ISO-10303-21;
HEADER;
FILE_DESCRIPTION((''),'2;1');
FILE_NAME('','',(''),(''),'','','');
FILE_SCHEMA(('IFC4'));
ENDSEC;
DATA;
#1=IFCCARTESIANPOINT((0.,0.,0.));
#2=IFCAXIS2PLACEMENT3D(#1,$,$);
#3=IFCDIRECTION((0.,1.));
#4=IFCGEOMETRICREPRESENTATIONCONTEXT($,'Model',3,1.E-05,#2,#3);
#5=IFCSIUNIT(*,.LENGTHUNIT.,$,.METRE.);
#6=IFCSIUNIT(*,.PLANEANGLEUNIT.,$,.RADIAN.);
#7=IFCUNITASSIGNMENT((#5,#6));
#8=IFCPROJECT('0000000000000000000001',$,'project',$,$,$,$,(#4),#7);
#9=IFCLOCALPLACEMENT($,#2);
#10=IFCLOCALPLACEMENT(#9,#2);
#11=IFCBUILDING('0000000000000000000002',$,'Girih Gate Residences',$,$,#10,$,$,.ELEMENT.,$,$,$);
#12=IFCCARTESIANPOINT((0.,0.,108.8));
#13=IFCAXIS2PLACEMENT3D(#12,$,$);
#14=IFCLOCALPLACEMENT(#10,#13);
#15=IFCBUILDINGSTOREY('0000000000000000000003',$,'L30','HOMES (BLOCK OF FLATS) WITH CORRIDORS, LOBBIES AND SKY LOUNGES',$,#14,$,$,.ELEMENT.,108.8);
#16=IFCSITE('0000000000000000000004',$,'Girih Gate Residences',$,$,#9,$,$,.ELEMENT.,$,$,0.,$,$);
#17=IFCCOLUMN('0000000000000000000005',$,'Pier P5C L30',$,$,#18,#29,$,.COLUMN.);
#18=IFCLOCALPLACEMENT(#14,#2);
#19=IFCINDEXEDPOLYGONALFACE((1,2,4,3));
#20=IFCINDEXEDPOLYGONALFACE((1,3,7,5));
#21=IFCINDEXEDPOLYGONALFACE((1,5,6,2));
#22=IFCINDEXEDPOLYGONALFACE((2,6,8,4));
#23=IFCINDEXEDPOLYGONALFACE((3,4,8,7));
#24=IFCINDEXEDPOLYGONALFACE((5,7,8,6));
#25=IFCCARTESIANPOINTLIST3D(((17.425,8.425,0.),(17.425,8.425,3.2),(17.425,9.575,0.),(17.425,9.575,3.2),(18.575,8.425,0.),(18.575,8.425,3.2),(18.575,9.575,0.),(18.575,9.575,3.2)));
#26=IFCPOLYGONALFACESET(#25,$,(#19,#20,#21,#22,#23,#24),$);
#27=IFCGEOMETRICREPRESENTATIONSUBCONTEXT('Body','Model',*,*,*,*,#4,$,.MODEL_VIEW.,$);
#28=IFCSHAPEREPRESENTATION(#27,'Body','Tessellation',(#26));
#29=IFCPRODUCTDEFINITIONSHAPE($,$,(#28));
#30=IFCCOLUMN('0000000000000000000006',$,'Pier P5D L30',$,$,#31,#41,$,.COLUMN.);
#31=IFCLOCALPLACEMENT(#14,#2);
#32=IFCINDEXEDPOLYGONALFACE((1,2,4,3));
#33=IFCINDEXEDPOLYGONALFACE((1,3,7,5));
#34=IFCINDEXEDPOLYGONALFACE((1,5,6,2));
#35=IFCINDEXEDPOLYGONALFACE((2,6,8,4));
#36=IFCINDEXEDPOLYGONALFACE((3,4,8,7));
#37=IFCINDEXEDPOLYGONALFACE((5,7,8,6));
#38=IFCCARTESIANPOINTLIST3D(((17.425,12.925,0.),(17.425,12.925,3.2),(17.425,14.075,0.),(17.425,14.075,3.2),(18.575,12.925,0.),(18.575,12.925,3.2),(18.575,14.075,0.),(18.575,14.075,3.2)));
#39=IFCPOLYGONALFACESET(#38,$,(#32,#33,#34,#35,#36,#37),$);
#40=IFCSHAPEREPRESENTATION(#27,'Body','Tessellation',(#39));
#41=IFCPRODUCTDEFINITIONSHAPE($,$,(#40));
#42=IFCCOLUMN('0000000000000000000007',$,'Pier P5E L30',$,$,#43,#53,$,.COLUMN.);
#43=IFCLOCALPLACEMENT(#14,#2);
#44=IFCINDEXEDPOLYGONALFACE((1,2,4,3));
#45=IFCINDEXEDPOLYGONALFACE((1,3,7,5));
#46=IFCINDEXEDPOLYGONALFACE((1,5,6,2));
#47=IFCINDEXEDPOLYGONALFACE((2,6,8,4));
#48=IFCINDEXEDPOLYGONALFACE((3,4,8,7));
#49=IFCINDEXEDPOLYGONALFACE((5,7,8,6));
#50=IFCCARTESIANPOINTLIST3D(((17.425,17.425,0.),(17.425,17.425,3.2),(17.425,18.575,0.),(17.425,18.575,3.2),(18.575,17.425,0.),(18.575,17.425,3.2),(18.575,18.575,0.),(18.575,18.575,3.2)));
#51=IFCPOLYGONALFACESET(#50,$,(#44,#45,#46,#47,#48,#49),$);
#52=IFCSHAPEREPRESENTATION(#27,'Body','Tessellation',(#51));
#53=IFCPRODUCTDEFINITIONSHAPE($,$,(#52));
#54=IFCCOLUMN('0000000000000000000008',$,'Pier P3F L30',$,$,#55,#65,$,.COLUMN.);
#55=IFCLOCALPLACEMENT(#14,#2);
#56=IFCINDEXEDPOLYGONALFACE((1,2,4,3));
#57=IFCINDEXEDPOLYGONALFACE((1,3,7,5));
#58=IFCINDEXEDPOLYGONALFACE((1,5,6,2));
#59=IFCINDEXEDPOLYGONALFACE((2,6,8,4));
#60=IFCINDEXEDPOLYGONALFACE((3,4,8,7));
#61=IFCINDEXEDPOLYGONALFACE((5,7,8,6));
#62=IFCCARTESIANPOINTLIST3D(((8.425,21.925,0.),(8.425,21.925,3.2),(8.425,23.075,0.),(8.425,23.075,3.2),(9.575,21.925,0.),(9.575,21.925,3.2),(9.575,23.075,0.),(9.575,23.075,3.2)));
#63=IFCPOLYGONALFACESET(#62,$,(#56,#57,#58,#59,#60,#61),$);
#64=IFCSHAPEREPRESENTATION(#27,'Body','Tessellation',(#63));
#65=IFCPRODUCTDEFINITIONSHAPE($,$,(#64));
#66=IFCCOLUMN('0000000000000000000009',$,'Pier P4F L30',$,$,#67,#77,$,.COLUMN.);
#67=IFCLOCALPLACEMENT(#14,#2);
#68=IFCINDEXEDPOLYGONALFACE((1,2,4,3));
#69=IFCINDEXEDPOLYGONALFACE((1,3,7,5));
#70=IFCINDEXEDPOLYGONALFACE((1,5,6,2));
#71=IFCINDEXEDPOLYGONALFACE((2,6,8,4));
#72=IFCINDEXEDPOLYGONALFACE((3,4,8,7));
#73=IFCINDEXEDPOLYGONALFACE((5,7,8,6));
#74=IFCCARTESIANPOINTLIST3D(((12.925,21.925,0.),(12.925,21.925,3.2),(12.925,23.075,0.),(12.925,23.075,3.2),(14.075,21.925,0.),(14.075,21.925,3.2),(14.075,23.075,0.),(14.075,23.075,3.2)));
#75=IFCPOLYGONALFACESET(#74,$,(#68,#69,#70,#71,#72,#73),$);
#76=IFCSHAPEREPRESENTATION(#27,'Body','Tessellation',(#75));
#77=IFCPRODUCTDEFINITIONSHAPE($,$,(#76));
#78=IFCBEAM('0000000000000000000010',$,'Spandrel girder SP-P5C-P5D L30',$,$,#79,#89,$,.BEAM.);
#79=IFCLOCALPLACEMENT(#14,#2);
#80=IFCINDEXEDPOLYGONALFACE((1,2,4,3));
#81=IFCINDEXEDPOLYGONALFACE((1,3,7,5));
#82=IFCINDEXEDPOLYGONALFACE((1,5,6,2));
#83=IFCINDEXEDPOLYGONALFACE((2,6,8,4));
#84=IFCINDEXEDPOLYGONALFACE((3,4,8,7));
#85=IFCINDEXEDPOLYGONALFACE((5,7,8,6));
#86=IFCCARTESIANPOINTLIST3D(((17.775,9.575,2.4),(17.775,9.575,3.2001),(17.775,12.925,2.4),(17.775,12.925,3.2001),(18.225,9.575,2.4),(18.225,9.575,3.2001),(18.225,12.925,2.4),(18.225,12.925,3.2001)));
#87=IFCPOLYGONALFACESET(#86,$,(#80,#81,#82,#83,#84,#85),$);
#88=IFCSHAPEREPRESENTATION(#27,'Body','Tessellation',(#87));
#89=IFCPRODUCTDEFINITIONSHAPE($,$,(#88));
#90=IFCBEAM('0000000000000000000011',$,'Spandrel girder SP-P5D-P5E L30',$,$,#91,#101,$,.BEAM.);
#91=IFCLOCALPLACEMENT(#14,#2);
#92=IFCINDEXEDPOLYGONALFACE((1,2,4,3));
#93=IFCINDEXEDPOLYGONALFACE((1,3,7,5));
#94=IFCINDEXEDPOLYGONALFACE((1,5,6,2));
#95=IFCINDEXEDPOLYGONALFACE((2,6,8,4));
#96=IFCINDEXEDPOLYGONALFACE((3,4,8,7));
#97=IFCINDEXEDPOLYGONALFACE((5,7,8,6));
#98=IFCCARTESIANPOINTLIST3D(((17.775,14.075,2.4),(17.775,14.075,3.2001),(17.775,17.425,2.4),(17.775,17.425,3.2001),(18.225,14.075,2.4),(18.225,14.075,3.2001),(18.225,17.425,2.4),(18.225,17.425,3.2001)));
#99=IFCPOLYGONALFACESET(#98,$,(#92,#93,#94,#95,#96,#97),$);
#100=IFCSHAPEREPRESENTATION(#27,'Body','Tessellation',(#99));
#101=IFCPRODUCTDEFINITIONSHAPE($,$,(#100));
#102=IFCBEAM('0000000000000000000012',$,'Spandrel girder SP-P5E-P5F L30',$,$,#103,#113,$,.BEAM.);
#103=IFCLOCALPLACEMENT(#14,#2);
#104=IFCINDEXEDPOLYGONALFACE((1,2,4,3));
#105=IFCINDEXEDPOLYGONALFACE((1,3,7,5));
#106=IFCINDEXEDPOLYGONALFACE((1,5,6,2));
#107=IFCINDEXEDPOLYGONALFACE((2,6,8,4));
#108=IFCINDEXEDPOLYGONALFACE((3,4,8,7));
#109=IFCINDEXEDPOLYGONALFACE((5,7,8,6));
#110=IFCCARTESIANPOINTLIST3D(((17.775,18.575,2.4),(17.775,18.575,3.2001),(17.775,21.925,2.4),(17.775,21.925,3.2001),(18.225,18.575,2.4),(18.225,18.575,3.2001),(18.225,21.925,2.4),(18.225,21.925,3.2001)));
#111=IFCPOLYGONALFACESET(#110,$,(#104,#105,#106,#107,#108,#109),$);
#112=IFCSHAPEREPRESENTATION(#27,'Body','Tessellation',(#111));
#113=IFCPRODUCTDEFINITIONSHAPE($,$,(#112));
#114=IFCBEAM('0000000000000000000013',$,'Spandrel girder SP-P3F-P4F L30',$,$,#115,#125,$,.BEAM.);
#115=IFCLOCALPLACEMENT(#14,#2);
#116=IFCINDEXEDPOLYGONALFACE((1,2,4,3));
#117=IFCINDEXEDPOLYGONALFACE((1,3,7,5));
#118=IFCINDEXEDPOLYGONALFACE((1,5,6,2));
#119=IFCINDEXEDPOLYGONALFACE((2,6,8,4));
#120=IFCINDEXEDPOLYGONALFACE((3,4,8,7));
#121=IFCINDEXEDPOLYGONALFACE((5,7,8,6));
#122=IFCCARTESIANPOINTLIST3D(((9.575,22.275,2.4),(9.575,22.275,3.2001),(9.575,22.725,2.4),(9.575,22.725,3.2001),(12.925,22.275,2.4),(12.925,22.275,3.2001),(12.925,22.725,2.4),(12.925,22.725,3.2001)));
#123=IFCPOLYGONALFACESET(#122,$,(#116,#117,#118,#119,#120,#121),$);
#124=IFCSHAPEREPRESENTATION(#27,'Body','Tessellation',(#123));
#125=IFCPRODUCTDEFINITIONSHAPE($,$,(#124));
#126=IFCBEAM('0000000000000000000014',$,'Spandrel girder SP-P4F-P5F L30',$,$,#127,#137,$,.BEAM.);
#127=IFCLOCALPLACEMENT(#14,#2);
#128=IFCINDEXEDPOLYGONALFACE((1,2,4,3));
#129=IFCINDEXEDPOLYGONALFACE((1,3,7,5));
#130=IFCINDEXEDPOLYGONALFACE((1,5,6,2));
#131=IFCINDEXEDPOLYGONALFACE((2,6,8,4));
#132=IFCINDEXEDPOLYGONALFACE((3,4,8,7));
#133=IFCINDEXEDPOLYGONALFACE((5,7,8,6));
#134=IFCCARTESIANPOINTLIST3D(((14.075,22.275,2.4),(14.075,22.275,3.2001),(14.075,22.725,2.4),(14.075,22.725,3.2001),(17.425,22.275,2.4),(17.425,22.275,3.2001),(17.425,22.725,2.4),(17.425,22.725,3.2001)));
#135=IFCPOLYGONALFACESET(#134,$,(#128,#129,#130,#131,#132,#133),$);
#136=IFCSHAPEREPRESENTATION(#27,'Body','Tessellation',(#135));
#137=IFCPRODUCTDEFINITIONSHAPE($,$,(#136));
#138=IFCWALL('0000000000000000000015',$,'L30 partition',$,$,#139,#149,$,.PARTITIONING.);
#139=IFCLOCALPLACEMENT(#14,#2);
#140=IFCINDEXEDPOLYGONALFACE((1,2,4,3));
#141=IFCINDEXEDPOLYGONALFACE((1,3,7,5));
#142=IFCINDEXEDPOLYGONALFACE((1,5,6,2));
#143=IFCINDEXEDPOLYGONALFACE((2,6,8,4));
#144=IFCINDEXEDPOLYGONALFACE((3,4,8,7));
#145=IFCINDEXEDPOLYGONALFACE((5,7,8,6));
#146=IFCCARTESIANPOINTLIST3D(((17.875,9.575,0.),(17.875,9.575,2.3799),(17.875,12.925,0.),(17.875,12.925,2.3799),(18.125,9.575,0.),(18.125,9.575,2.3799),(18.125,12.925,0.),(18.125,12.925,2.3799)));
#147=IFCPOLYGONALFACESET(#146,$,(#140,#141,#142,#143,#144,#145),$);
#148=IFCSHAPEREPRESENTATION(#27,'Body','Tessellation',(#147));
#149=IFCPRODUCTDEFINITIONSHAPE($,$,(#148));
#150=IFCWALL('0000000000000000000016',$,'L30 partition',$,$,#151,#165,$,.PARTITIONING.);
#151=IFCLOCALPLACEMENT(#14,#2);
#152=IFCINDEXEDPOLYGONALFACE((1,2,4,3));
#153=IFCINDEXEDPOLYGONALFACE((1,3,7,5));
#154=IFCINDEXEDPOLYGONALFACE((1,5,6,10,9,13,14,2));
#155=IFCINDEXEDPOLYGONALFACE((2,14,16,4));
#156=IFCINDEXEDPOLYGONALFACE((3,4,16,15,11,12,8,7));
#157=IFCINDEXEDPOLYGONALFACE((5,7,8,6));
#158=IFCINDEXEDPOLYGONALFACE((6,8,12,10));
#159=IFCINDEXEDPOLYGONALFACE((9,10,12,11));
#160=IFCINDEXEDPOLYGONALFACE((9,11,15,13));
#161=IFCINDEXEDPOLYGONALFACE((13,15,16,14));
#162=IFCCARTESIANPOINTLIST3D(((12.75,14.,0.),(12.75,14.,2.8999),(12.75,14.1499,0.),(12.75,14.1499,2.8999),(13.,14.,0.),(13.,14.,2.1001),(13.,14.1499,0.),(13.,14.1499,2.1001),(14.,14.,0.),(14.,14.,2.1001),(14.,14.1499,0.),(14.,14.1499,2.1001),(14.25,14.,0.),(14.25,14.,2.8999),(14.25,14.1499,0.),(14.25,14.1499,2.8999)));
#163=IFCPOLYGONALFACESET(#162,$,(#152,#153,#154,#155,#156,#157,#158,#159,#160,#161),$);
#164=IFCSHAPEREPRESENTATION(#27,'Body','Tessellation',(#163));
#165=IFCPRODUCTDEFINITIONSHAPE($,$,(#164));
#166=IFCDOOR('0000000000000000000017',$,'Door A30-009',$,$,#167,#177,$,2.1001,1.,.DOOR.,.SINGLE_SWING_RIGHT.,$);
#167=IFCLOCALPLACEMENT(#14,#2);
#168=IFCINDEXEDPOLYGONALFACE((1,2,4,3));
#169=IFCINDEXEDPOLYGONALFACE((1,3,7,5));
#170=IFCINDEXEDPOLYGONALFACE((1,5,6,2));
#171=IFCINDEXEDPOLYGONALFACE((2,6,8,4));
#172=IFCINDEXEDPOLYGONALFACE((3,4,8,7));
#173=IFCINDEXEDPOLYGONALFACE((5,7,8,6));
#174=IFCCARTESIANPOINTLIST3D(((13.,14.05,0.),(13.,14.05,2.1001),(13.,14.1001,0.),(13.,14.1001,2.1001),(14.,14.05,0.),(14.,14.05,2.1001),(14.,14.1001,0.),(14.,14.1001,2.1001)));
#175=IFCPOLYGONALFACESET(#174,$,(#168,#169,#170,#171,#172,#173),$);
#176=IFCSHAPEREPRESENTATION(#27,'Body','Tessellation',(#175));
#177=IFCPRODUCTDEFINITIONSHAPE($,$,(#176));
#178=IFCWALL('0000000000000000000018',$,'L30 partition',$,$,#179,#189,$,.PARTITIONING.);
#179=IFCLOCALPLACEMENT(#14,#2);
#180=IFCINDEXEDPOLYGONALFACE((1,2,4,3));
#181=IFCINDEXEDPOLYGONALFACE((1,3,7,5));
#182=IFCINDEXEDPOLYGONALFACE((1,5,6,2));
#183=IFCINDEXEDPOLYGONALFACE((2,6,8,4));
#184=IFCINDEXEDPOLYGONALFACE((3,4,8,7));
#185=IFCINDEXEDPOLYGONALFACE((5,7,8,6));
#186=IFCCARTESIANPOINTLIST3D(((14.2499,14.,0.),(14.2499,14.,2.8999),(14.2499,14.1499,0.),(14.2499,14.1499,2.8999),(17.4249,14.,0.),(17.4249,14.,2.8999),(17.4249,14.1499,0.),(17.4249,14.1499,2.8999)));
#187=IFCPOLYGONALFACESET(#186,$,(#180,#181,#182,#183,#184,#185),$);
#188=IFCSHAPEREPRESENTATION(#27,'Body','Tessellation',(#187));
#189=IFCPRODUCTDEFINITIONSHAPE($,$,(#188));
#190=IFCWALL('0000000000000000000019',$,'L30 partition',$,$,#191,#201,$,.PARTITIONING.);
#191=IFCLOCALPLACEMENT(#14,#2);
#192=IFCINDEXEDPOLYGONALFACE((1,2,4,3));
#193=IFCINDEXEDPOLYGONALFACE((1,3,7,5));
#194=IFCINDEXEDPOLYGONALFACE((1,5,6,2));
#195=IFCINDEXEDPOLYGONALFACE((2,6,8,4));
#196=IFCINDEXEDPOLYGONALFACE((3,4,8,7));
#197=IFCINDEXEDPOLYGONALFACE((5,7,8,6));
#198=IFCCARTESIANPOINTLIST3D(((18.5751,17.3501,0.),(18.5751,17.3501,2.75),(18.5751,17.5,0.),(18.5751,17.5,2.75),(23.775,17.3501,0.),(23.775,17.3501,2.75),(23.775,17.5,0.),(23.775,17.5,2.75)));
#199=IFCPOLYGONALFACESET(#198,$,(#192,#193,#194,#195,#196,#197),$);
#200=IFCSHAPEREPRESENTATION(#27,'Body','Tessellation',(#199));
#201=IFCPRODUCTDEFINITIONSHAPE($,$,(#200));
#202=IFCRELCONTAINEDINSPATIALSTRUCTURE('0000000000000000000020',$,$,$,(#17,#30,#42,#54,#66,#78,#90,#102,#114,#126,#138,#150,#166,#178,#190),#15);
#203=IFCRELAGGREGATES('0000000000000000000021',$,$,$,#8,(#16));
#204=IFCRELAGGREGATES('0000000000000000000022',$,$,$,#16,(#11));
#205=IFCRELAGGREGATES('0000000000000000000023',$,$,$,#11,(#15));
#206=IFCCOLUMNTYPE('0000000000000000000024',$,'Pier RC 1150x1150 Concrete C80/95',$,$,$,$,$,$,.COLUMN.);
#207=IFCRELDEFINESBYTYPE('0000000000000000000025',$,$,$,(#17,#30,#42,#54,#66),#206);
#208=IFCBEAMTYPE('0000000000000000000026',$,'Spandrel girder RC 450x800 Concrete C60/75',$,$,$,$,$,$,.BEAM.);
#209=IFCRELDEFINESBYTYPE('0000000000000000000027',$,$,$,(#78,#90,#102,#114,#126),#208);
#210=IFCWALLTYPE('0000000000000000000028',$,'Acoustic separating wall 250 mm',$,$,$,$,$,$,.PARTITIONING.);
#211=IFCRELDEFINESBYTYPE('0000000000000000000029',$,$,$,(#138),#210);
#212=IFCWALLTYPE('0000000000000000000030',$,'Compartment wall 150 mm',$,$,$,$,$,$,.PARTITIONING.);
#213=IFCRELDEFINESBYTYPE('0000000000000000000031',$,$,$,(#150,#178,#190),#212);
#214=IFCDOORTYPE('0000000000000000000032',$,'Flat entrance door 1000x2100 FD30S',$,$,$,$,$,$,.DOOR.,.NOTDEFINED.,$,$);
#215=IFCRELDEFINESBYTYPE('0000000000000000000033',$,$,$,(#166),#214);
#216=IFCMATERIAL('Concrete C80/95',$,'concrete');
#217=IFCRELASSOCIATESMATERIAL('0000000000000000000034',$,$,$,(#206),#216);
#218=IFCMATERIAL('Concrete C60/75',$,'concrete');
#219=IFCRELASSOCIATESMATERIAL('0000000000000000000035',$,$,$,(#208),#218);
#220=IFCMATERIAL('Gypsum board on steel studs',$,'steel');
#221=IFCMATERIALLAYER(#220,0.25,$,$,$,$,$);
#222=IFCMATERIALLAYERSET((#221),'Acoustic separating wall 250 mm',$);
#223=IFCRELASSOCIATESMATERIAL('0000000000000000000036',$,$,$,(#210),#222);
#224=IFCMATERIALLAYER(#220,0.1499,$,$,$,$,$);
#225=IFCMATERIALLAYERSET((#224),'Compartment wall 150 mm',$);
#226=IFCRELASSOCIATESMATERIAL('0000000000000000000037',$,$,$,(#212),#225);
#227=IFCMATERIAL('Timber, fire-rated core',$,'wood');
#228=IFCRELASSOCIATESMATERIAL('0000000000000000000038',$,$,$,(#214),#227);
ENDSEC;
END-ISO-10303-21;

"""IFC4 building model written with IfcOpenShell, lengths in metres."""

from ifc_helpers import new_model, si_unit, direction, frame, frame_2d, origin, origin_2d, place, context, subcontext, project, spatial, rectangle, extrude, material, layer, layer_set, material_profile, profile_set, type_object, element, fill, save


model = new_model("IFC4")

# Units and contexts
model_context = context("Model", 3, precision=1e-05, world=origin(), true_north=direction((0.0, 1.0)))
body_context = subcontext(model_context, "Body", "Model", "MODEL_VIEW")
ifc_project = project(units=[si_unit("LENGTHUNIT", "METRE"), si_unit("PLANEANGLEUNIT", "RADIAN")], contexts=[model_context])

# Site, building, storey
site_placement = place(None, origin())
site = spatial("IfcSite", under=ifc_project, at=site_placement, Name="Girih Gate Residences", CompositionType="ELEMENT", RefElevation=0.0)
building_placement = place(site_placement, origin())
building = spatial("IfcBuilding", under=site, at=building_placement, Name="Girih Gate Residences", CompositionType="ELEMENT")
storey_placement = place(building_placement, frame((0.0, 0.0, 108.8)))
storey = spatial("IfcBuildingStorey", under=building, at=storey_placement, Name="L30", Description="HOMES (BLOCK OF FLATS) WITH CORRIDORS, LOBBIES AND SKY LOUNGES", CompositionType="ELEMENT", Elevation=108.8)

# Columns
ifc_material_1 = material(Name="Concrete C80/95", Category="concrete")
ifc_material_profile_1 = material_profile(ifc_material_1, rectangle(XDim=1.1499, YDim=1.1499, at=origin_2d()))
ifc_profile_set_1 = profile_set([ifc_material_profile_1], Name="Concrete C80/95")
column_type = type_object("IfcColumnType", Name="Pier RC 1150x1150 Concrete C80/95", PredefinedType="COLUMN", material=ifc_profile_set_1)
for number, where, z_axis, x_axis, name in (
    (1, (18.0, 9.0, 0.0), (0.0, 0.0, 1.0), (1.0, 0.0, 0.0), "Pier P5C L30"),
    (2, (18.0, 13.5, 0.0), (0.0, 0.0, 1.0), (1.0, 0.0, 0.0), "Pier P5D L30"),
    (3, (18.0, 18.0, 0.0), (0.0, 0.0, 1.0), (1.0, 0.0, 0.0), "Pier P5E L30"),
    (4, (9.0, 22.5, 0.0), (0.0, 0.0, 1.0), (1.0, 0.0, 0.0), "Pier P3F L30"),
    (5, (13.5, 22.5, 0.0), (0.0, 0.0, 1.0), (1.0, 0.0, 0.0), "Pier P4F L30"),
):
    element("IfcColumn", number, at=place(storey_placement, frame(where, z_axis=z_axis, x_axis=x_axis)), inside=storey, type_object=column_type, Name=name, PredefinedType="COLUMN", context=body_context, shape_type="SweptSolid", body=[
        extrude(rectangle(XDim=1.1499, YDim=1.1499, at=origin_2d()), origin(), (0.0, 0.0, 1.0), 3.2),
    ])

# Beams
ifc_material_2 = material(Name="Concrete C60/75", Category="concrete")
ifc_material_profile_2 = material_profile(ifc_material_2, rectangle(XDim=0.45, YDim=0.8, at=origin_2d()))
ifc_profile_set_2 = profile_set([ifc_material_profile_2], Name="Concrete C60/75")
beam_type = type_object("IfcBeamType", Name="Spandrel girder RC 450x800 Concrete C60/75", PredefinedType="BEAM", material=ifc_profile_set_2)
for number, where, z_axis, x_axis, name in (
    (6, (18.0, 9.575, 2.8), (0.0, 1.0, 0.0), (-1.0, 0.0, 0.0), "Spandrel girder SP-P5C-P5D L30"),
    (7, (18.0, 14.075, 2.8), (0.0, 1.0, 0.0), (-1.0, 0.0, 0.0), "Spandrel girder SP-P5D-P5E L30"),
    (8, (18.0, 18.575, 2.8), (0.0, 1.0, 0.0), (-1.0, 0.0, 0.0), "Spandrel girder SP-P5E-P5F L30"),
    (9, (9.575, 22.5, 2.8), (1.0, 0.0, 0.0), (0.0, 1.0, 0.0), "Spandrel girder SP-P3F-P4F L30"),
    (10, (14.075, 22.5, 2.8), (1.0, 0.0, 0.0), (0.0, 1.0, 0.0), "Spandrel girder SP-P4F-P5F L30"),
):
    element("IfcBeam", number, at=place(storey_placement, frame(where, z_axis=z_axis, x_axis=x_axis)), inside=storey, type_object=beam_type, Name=name, PredefinedType="BEAM", context=body_context, shape_type="SweptSolid", body=[
        extrude(rectangle(XDim=0.45, YDim=0.8, at=origin_2d()), origin(), (0.0, 0.0, 1.0), 3.3501),
    ])

# Wall
ifc_material_3 = material(Name="Gypsum board on steel studs", Category="steel")
ifc_layer_1 = layer(ifc_material_3, 0.25)
ifc_layer_set_1 = layer_set([ifc_layer_1], Name="Acoustic separating wall 250 mm")
wall_type_1 = type_object("IfcWallType", Name="Acoustic separating wall 250 mm", PredefinedType="PARTITIONING", material=ifc_layer_set_1)
wall_1_placement = place(storey_placement, frame((18.0, 9.575, 0.0), z_axis=(0.0, 0.0, 1.0), x_axis=(0.0, 1.0, 0.0)))
element("IfcWall", 11, at=wall_1_placement, inside=storey, type_object=wall_type_1, Name="L30 partition", PredefinedType="PARTITIONING", context=body_context, shape_type="SweptSolid", body=[
    extrude(rectangle(XDim=3.3501, YDim=0.25, at=frame_2d((1.675, 0.0))), origin(), (0.0, 0.0, 1.0), 2.3799),
])

# Wall, opening, door
ifc_layer_2 = layer(ifc_material_3, 0.1499)
ifc_layer_set_2 = layer_set([ifc_layer_2], Name="Compartment wall 150 mm")
wall_type_2 = type_object("IfcWallType", Name="Compartment wall 150 mm", PredefinedType="PARTITIONING", material=ifc_layer_set_2)
wall_2_placement = place(storey_placement, frame((14.25, 14.075, 0.0), z_axis=(0.0, 0.0, 1.0), x_axis=(-1.0, 0.0, 0.0)))
wall_2 = element("IfcWall", 12, at=wall_2_placement, inside=storey, type_object=wall_type_2, Name="L30 partition", PredefinedType="PARTITIONING", context=body_context, shape_type="SweptSolid", body=[
    extrude(rectangle(XDim=1.5, YDim=0.1499, at=frame_2d((0.75, 0.0))), origin(), (0.0, 0.0, 1.0), 2.8999),
])
opening_1_placement = place(wall_2_placement, frame((0.25, 0.0, 0.0)))
opening_1 = element("IfcOpeningElement", 13, at=opening_1_placement, cuts=wall_2, PredefinedType="OPENING", context=body_context, shape_type="SweptSolid", body=[
    extrude(rectangle(XDim=1.0, YDim=2.1001, at=frame_2d((0.5, 1.05))), frame((0.0, 0.085, 0.0), z_axis=(0.0, -1.0, 0.0), x_axis=(1.0, 0.0, 0.0)), (0.0, 0.0, 1.0), 0.1699),
])
ifc_material_4 = material(Name="Timber, fire-rated core", Category="wood")
door_type_1 = type_object("IfcDoorType", Name="Flat entrance door 1000x2100 FD30S", OperationType="NOTDEFINED", PredefinedType="DOOR", material=ifc_material_4)
door_1_placement = place(opening_1_placement, origin())
door_1 = element("IfcDoor", 14, at=door_1_placement, inside=storey, type_object=door_type_1, Name="Door A30-009", OperationType="SINGLE_SWING_RIGHT", OverallHeight=2.1001, OverallWidth=1.0, PredefinedType="DOOR", context=body_context, shape_type="SweptSolid", body=[
    extrude(rectangle(XDim=1.0, YDim=2.1001, at=frame_2d((0.5, 1.05))), frame((0.0, 0.0249, 0.0), z_axis=(0.0, -1.0, 0.0), x_axis=(1.0, 0.0, 0.0)), (0.0, 0.0, 1.0), 0.05),
])
fill(opening_1, door_1)

# Walls
wall_3_placement = place(storey_placement, frame((14.25, 14.075, 0.0), z_axis=(0.0, 0.0, 1.0), x_axis=(1.0, 0.0, 0.0)))
element("IfcWall", 15, at=wall_3_placement, inside=storey, type_object=wall_type_2, Name="L30 partition", PredefinedType="PARTITIONING", context=body_context, shape_type="SweptSolid", body=[
    extrude(rectangle(XDim=3.175, YDim=0.1499, at=frame_2d((1.5874, 0.0))), origin(), (0.0, 0.0, 1.0), 2.8999),
])
wall_4_placement = place(storey_placement, frame((18.575, 17.425, 0.0), z_axis=(0.0, 0.0, 1.0), x_axis=(1.0, 0.0, 0.0)))
element("IfcWall", 16, at=wall_4_placement, inside=storey, type_object=wall_type_2, Name="L30 partition", PredefinedType="PARTITIONING", context=body_context, shape_type="SweptSolid", body=[
    extrude(rectangle(XDim=5.2, YDim=0.1499, at=frame_2d((2.6001, 0.0))), origin(), (0.0, 0.0, 1.0), 2.75),
])

save(model, "model.ifc")
